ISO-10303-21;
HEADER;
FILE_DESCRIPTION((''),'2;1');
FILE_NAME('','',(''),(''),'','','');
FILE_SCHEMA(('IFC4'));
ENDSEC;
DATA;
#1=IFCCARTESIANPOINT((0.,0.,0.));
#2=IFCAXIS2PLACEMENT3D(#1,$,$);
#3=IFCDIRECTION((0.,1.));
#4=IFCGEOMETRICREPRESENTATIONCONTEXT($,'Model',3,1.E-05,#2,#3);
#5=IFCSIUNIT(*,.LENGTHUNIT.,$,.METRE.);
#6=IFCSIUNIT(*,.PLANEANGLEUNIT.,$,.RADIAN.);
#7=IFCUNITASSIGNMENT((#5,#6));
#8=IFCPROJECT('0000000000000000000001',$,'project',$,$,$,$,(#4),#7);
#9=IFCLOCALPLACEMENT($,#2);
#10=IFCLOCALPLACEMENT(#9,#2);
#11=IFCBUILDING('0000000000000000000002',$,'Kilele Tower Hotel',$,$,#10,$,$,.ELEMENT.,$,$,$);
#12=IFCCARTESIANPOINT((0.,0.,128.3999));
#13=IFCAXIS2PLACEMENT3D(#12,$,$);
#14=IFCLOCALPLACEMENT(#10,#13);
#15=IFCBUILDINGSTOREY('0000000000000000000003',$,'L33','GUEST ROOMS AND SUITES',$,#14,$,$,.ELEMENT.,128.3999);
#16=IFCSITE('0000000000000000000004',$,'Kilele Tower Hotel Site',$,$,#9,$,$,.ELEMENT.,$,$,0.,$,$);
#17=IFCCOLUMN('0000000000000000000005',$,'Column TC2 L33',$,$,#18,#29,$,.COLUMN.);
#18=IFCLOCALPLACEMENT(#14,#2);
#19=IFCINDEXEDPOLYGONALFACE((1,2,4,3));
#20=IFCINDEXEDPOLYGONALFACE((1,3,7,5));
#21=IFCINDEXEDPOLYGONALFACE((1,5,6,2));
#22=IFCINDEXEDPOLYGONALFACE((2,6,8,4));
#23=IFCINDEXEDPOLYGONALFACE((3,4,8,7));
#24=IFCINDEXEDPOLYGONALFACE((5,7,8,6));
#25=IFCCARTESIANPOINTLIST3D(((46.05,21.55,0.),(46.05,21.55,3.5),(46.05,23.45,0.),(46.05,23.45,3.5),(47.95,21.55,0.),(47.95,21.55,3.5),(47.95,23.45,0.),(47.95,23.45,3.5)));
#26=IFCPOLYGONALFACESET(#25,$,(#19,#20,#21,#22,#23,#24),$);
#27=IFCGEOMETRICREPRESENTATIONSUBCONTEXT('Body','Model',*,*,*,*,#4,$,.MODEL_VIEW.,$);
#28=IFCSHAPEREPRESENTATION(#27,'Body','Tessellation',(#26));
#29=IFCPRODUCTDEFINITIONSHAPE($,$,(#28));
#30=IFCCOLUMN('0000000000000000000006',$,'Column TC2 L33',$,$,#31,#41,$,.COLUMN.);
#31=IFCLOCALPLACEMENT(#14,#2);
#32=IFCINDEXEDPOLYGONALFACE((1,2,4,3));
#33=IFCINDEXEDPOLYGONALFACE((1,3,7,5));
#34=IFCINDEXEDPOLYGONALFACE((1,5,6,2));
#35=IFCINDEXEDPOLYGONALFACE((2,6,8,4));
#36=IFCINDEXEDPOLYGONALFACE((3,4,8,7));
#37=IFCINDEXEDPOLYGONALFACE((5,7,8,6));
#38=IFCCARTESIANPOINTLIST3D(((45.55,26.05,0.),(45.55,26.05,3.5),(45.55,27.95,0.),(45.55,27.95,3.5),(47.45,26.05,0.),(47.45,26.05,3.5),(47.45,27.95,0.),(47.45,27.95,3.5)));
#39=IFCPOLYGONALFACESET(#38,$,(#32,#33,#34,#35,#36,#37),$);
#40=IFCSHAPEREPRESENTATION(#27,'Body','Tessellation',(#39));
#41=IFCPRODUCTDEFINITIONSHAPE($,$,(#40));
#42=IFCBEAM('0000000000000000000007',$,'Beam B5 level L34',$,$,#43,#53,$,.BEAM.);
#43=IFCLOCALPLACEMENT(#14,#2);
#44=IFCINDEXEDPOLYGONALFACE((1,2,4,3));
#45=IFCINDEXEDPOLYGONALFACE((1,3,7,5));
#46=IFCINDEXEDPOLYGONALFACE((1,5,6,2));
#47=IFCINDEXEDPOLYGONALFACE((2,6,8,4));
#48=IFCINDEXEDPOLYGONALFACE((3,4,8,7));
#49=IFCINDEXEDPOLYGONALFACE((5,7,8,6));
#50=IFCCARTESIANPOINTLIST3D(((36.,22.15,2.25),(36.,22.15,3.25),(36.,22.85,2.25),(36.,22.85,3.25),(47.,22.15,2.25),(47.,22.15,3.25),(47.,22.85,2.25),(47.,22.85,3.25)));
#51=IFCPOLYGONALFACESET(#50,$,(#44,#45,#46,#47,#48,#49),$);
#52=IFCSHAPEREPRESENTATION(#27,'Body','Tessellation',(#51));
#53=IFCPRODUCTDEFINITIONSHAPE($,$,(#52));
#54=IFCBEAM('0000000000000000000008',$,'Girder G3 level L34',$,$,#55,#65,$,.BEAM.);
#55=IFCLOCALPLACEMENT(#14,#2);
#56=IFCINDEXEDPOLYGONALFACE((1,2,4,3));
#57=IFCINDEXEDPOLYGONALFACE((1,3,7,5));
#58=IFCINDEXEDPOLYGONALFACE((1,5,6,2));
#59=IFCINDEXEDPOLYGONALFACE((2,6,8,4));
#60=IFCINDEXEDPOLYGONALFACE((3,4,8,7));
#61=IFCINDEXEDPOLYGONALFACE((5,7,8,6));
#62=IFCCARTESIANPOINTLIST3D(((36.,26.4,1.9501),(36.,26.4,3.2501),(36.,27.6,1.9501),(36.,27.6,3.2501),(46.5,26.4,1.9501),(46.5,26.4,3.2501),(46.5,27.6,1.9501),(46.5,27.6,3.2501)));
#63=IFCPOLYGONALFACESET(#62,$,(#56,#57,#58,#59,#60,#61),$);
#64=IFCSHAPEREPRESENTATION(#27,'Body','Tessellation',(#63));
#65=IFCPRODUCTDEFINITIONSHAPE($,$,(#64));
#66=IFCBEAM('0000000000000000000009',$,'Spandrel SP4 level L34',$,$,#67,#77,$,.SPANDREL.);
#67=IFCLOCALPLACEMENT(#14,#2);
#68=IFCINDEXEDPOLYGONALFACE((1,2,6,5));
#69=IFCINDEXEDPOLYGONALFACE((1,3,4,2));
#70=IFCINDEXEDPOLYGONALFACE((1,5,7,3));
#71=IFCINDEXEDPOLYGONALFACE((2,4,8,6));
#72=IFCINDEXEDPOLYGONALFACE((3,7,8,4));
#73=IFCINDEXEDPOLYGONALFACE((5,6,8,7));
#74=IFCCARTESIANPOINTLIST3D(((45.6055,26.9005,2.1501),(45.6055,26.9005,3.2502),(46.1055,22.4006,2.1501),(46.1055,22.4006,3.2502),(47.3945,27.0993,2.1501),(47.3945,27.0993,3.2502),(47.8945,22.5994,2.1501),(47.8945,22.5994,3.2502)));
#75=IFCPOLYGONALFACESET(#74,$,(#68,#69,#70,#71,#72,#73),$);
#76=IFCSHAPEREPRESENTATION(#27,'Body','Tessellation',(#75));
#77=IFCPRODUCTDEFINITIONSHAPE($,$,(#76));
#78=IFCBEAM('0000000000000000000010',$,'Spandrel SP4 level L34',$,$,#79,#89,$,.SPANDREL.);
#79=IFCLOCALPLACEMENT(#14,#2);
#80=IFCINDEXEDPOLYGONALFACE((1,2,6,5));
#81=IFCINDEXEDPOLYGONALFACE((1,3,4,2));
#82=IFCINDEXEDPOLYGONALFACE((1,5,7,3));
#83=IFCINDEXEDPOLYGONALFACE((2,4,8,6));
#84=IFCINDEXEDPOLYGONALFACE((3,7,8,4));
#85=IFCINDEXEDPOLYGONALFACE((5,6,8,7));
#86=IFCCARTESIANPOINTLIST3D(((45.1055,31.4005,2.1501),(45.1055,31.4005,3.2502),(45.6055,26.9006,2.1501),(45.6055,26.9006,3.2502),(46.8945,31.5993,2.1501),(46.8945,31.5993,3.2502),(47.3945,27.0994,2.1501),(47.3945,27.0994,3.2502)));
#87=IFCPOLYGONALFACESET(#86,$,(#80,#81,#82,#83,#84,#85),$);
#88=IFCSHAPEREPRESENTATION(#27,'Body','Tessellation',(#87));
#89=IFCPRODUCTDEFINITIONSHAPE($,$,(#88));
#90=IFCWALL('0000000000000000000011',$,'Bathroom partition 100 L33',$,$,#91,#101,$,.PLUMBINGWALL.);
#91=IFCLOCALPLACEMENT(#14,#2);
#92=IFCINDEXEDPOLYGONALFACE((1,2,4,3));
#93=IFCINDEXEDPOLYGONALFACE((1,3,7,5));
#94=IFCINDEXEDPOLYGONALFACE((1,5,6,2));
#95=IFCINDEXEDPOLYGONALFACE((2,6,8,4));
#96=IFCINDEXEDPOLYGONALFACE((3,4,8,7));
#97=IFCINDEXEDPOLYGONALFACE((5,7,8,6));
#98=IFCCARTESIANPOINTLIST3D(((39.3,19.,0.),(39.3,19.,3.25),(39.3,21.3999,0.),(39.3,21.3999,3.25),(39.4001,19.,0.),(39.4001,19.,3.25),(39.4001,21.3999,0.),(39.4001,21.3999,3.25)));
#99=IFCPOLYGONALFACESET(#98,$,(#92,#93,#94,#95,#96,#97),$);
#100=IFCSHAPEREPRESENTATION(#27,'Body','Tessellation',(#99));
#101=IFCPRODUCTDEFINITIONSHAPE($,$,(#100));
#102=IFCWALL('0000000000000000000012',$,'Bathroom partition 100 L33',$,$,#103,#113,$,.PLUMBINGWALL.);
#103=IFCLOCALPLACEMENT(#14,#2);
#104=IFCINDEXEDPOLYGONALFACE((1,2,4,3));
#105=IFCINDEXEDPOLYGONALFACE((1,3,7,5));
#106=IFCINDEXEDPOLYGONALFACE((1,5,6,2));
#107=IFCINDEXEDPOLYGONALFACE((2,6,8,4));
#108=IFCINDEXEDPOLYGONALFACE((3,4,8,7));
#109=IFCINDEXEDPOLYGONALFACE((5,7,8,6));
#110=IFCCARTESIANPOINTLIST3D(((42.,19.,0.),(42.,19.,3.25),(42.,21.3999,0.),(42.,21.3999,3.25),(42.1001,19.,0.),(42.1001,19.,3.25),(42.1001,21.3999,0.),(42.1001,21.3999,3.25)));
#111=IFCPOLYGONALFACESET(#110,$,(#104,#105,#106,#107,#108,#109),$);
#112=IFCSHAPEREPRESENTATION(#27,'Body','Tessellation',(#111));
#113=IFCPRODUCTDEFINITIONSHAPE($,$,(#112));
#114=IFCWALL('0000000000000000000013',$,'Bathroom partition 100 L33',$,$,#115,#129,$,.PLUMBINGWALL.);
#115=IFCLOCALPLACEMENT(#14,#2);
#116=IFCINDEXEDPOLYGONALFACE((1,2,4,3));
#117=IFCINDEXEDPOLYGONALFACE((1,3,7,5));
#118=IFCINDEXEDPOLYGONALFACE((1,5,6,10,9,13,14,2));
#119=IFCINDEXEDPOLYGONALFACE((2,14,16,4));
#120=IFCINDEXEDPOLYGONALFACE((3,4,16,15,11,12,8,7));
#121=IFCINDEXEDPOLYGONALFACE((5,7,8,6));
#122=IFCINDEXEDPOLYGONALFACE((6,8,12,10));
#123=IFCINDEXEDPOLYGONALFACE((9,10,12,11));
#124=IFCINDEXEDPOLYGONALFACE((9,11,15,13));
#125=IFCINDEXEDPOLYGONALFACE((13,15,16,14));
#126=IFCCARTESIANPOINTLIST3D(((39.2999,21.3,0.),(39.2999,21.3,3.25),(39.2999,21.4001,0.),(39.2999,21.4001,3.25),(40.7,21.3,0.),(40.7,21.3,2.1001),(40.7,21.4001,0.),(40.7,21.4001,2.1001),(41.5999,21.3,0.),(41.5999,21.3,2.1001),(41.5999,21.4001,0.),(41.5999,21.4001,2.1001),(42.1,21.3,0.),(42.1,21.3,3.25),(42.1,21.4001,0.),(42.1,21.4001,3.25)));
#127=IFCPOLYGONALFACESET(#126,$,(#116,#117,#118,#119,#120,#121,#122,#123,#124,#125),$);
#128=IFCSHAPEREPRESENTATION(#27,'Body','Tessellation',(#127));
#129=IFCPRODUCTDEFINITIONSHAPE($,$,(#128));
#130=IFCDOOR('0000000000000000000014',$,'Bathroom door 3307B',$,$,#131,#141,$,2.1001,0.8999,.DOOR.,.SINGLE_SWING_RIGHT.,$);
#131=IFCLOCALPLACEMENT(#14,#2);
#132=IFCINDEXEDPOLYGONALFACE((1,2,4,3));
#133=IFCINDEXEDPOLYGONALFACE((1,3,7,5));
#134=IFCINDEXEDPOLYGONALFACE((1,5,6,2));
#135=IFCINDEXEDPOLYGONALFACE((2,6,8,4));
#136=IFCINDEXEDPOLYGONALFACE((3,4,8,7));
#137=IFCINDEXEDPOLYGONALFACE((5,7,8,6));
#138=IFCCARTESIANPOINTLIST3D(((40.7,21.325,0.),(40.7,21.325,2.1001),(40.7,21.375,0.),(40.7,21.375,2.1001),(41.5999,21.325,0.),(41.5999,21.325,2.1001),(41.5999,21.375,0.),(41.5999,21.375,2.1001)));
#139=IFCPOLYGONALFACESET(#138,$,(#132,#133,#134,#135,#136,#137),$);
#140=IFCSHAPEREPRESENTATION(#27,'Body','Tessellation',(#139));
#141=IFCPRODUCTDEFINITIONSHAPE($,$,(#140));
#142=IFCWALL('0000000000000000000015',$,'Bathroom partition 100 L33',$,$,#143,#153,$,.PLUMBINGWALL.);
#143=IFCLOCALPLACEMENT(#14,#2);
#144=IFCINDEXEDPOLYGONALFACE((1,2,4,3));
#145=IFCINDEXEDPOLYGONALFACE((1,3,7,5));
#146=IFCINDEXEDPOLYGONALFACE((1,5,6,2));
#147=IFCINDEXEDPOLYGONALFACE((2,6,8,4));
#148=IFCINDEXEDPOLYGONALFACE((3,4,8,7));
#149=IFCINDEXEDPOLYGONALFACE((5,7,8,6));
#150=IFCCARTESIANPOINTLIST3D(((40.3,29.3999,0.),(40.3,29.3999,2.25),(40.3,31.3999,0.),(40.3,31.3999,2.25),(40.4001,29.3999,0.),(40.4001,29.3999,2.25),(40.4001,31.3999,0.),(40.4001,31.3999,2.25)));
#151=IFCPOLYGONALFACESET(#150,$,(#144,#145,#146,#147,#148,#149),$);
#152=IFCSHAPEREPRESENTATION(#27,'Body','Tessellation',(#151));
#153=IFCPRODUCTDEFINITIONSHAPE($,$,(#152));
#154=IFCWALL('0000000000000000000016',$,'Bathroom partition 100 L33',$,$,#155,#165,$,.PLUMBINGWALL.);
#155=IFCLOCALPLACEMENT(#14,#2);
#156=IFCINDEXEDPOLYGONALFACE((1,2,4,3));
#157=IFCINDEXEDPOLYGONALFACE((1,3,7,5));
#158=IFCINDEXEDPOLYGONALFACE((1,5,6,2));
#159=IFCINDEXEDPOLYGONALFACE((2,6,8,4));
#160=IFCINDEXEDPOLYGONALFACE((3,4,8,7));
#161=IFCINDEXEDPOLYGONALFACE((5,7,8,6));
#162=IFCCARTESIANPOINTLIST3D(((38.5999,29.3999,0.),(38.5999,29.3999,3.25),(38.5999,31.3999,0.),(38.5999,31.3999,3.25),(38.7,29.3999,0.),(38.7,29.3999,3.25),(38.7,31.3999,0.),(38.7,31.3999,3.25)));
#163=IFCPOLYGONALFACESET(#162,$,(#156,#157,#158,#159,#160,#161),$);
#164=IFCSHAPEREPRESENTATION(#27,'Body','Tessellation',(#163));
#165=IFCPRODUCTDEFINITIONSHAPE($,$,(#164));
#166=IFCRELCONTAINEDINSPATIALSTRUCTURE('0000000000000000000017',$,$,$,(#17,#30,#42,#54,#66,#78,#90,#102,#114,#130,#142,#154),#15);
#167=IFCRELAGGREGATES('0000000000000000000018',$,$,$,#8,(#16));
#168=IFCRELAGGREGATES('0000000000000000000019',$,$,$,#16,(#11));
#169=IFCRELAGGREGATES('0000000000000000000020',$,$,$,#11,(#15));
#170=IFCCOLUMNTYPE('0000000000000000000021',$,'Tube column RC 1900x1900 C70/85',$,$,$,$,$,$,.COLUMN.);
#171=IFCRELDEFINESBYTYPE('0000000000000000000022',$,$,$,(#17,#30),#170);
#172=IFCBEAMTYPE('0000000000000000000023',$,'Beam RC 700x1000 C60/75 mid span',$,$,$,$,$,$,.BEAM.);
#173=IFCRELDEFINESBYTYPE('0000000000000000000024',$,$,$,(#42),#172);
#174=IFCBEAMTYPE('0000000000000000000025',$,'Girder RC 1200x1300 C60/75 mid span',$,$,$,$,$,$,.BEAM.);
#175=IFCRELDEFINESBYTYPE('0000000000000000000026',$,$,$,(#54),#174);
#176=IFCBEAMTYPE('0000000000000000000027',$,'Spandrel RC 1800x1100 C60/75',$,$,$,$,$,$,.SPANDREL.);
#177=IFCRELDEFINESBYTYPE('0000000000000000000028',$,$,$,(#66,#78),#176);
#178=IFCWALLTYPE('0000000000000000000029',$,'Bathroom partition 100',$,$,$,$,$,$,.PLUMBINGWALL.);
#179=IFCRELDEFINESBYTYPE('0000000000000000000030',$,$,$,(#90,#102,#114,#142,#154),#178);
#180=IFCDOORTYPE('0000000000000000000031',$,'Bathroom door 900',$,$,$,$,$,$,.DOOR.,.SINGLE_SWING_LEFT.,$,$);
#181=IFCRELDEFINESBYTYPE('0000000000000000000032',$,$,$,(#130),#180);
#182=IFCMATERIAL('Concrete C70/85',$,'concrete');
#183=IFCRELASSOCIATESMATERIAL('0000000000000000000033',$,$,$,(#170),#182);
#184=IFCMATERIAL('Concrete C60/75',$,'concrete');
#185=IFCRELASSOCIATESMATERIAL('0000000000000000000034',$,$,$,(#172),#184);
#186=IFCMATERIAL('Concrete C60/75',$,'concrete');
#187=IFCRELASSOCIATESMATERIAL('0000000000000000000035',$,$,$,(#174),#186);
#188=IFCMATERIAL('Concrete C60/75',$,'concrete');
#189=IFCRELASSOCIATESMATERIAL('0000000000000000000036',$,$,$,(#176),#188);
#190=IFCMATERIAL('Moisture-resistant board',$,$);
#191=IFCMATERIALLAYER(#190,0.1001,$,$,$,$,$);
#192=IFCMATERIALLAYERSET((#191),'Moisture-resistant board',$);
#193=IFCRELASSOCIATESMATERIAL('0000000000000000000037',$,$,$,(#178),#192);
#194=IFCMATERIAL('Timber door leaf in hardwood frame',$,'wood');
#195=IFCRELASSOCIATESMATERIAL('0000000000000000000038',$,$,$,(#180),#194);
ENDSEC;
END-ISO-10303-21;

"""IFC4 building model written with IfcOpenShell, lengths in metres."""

from ifc_helpers import new_model, si_unit, direction, frame, frame_2d, origin, origin_2d, place, context, subcontext, project, spatial, rectangle, extrude, material, layer, layer_set, material_profile, profile_set, type_object, element, fill, save


model = new_model("IFC4")

# Units and contexts
model_context = context("Model", 3, precision=1e-05, world=origin(), true_north=direction((0.0, 1.0)))
body_context = subcontext(model_context, "Body", "Model", "MODEL_VIEW")
ifc_project = project(units=[si_unit("LENGTHUNIT", "METRE"), si_unit("PLANEANGLEUNIT", "RADIAN")], contexts=[model_context])

# Site, building, storey
site_placement = place(None, origin())
site = spatial("IfcSite", under=ifc_project, at=site_placement, Name="Kilele Tower Hotel Site", CompositionType="ELEMENT", RefElevation=0.0)
building_placement = place(site_placement, origin())
building = spatial("IfcBuilding", under=site, at=building_placement, Name="Kilele Tower Hotel", CompositionType="ELEMENT")
storey_placement = place(building_placement, frame((0.0, 0.0, 128.3999)))
storey = spatial("IfcBuildingStorey", under=building, at=storey_placement, Name="L33", Description="GUEST ROOMS AND SUITES", CompositionType="ELEMENT", Elevation=128.3999)

# Columns
ifc_material_1 = material(Name="Concrete C70/85", Category="concrete")
ifc_material_profile_1 = material_profile(ifc_material_1, rectangle(XDim=1.8999, YDim=1.8999, at=origin_2d()))
ifc_profile_set_1 = profile_set([ifc_material_profile_1], Name="Concrete C70/85")
column_type = type_object("IfcColumnType", Name="Tube column RC 1900x1900 C70/85", PredefinedType="COLUMN", material=ifc_profile_set_1)
for number, where, z_axis, x_axis, name in (
    (1, (47.0, 22.5, 0.0), (0.0, 0.0, 1.0), (1.0, 0.0, 0.0), "Column TC2 L33"),
    (2, (46.5, 27.0, 0.0), (0.0, 0.0, 1.0), (1.0, 0.0, 0.0), "Column TC2 L33"),
):
    element("IfcColumn", number, at=place(storey_placement, frame(where, z_axis=z_axis, x_axis=x_axis)), inside=storey, type_object=column_type, Name=name, PredefinedType="COLUMN", context=body_context, shape_type="SweptSolid", body=[
        extrude(rectangle(XDim=1.8999, YDim=1.8999, at=origin_2d()), origin(), (0.0, 0.0, 1.0), 3.5),
    ])

# Beams
ifc_material_2 = material(Name="Concrete C60/75", Category="concrete")
ifc_material_profile_2 = material_profile(ifc_material_2, rectangle(XDim=0.7, YDim=1.0, at=origin_2d()))
ifc_profile_set_2 = profile_set([ifc_material_profile_2], Name="Concrete C60/75")
beam_type_1 = type_object("IfcBeamType", Name="Beam RC 700x1000 C60/75 mid span", PredefinedType="BEAM", material=ifc_profile_set_2)
beam_1_placement = place(storey_placement, frame((47.0, 22.5, 2.75), z_axis=(-1.0, 0.0, 0.0), x_axis=(0.0, -1.0, 0.0)))
element("IfcBeam", 3, at=beam_1_placement, inside=storey, type_object=beam_type_1, Name="Beam B5 level L34", PredefinedType="BEAM", context=body_context, shape_type="SweptSolid", body=[
    extrude(rectangle(XDim=0.7, YDim=1.0, at=origin_2d()), origin(), (0.0, 0.0, 1.0), 11.0),
])
ifc_material_3 = material(Name="Concrete C60/75", Category="concrete")
ifc_material_profile_3 = material_profile(ifc_material_3, rectangle(XDim=1.2, YDim=1.3, at=origin_2d()))
ifc_profile_set_3 = profile_set([ifc_material_profile_3], Name="Concrete C60/75")
beam_type_2 = type_object("IfcBeamType", Name="Girder RC 1200x1300 C60/75 mid span", PredefinedType="BEAM", material=ifc_profile_set_3)
beam_2_placement = place(storey_placement, frame((46.5, 27.0, 2.6001), z_axis=(-1.0, 0.0, 0.0), x_axis=(0.0, -1.0, 0.0)))
element("IfcBeam", 4, at=beam_2_placement, inside=storey, type_object=beam_type_2, Name="Girder G3 level L34", PredefinedType="BEAM", context=body_context, shape_type="SweptSolid", body=[
    extrude(rectangle(XDim=1.2, YDim=1.3, at=origin_2d()), origin(), (0.0, 0.0, 1.0), 10.5),
])
ifc_material_4 = material(Name="Concrete C60/75", Category="concrete")
ifc_material_profile_4 = material_profile(ifc_material_4, rectangle(XDim=1.8, YDim=1.1001, at=origin_2d()))
ifc_profile_set_4 = profile_set([ifc_material_profile_4], Name="Concrete C60/75")
beam_type_3 = type_object("IfcBeamType", Name="Spandrel RC 1800x1100 C60/75", PredefinedType="SPANDREL", material=ifc_profile_set_4)
for number, where, z_axis, x_axis, name in (
    (5, (47.0, 22.5, 2.7002), (-0.110432, 0.993884, 0.0), (-0.993884, -0.110432, 0.0), "Spandrel SP4 level L34"),
    (6, (46.5, 27.0, 2.7002), (-0.110432, 0.993884, 0.0), (-0.993884, -0.110432, 0.0), "Spandrel SP4 level L34"),
):
    element("IfcBeam", number, at=place(storey_placement, frame(where, z_axis=z_axis, x_axis=x_axis)), inside=storey, type_object=beam_type_3, Name=name, PredefinedType="SPANDREL", context=body_context, shape_type="SweptSolid", body=[
        extrude(rectangle(XDim=1.8, YDim=1.1001, at=origin_2d()), origin(), (0.0, 0.0, 1.0), 4.5276),
    ])

# Walls
ifc_material_5 = material(Name="Moisture-resistant board")
ifc_layer_1 = layer(ifc_material_5, 0.1001)
ifc_layer_set_1 = layer_set([ifc_layer_1], Name="Moisture-resistant board")
wall_type_1 = type_object("IfcWallType", Name="Bathroom partition 100", PredefinedType="PLUMBINGWALL", material=ifc_layer_set_1)
for number, where, z_axis, x_axis, name in (
    (7, (39.3501, 19.0, 0.0), (0.0, 0.0, 1.0), (0.0, 1.0, 0.0), "Bathroom partition 100 L33"),
    (8, (42.05, 19.0, 0.0), (0.0, 0.0, 1.0), (0.0, 1.0, 0.0), "Bathroom partition 100 L33"),
):
    element("IfcWall", number, at=place(storey_placement, frame(where, z_axis=z_axis, x_axis=x_axis)), inside=storey, type_object=wall_type_1, Name=name, PredefinedType="PLUMBINGWALL", context=body_context, shape_type="SweptSolid", body=[
        extrude(rectangle(XDim=2.3999, YDim=0.1001, at=frame_2d((1.2, 0.0))), origin(), (0.0, 0.0, 1.0), 3.25),
    ])

# Wall, opening, door
wall_1_placement = place(storey_placement, frame((39.3, 21.3501, 0.0), z_axis=(0.0, 0.0, 1.0), x_axis=(1.0, 0.0, 0.0)))
wall_1 = element("IfcWall", 9, at=wall_1_placement, inside=storey, type_object=wall_type_1, Name="Bathroom partition 100 L33", PredefinedType="PLUMBINGWALL", context=body_context, shape_type="SweptSolid", body=[
    extrude(rectangle(XDim=2.8, YDim=0.1001, at=frame_2d((1.3999, 0.0))), origin(), (0.0, 0.0, 1.0), 3.25),
])
opening_1_placement = place(wall_1_placement, frame((1.3999, 0.0, 0.0)))
opening_1 = element("IfcOpeningElement", 10, at=opening_1_placement, cuts=wall_1, PredefinedType="OPENING", context=body_context, shape_type="SweptSolid", body=[
    extrude(rectangle(XDim=0.8999, YDim=2.1001, at=frame_2d((0.45, 1.05))), frame((0.0, 0.0601, 0.0), z_axis=(0.0, -1.0, 0.0), x_axis=(1.0, 0.0, 0.0)), (0.0, 0.0, 1.0), 0.1201),
])
ifc_material_6 = material(Name="Timber door leaf in hardwood frame", Category="wood")
door_type_1 = type_object("IfcDoorType", Name="Bathroom door 900", OperationType="SINGLE_SWING_LEFT", PredefinedType="DOOR", material=ifc_material_6)
door_1_placement = place(opening_1_placement, origin())
door_1 = element("IfcDoor", 11, at=door_1_placement, inside=storey, type_object=door_type_1, Name="Bathroom door 3307B", OperationType="SINGLE_SWING_RIGHT", OverallHeight=2.1001, OverallWidth=0.8999, PredefinedType="DOOR", context=body_context, shape_type="SweptSolid", body=[
    extrude(rectangle(XDim=0.8999, YDim=2.1001, at=frame_2d((0.45, 1.05))), frame((0.0, 0.0249, 0.0), z_axis=(0.0, -1.0, 0.0), x_axis=(1.0, 0.0, 0.0)), (0.0, 0.0, 1.0), 0.05),
])
fill(opening_1, door_1)

# Walls
wall_2_placement = place(storey_placement, frame((40.3501, 31.3999, 0.0), z_axis=(0.0, 0.0, 1.0), x_axis=(0.0, -1.0, 0.0)))
element("IfcWall", 12, at=wall_2_placement, inside=storey, type_object=wall_type_1, Name="Bathroom partition 100 L33", PredefinedType="PLUMBINGWALL", context=body_context, shape_type="SweptSolid", body=[
    extrude(rectangle(XDim=2.0, YDim=0.1001, at=frame_2d((1.0, 0.0))), origin(), (0.0, 0.0, 1.0), 2.25),
])
wall_3_placement = place(storey_placement, frame((38.6499, 31.3999, 0.0), z_axis=(0.0, 0.0, 1.0), x_axis=(0.0, -1.0, 0.0)))
element("IfcWall", 13, at=wall_3_placement, inside=storey, type_object=wall_type_1, Name="Bathroom partition 100 L33", PredefinedType="PLUMBINGWALL", context=body_context, shape_type="SweptSolid", body=[
    extrude(rectangle(XDim=2.0, YDim=0.1001, at=frame_2d((1.0, 0.0))), origin(), (0.0, 0.0, 1.0), 3.25),
])

save(model, "model.ifc")
